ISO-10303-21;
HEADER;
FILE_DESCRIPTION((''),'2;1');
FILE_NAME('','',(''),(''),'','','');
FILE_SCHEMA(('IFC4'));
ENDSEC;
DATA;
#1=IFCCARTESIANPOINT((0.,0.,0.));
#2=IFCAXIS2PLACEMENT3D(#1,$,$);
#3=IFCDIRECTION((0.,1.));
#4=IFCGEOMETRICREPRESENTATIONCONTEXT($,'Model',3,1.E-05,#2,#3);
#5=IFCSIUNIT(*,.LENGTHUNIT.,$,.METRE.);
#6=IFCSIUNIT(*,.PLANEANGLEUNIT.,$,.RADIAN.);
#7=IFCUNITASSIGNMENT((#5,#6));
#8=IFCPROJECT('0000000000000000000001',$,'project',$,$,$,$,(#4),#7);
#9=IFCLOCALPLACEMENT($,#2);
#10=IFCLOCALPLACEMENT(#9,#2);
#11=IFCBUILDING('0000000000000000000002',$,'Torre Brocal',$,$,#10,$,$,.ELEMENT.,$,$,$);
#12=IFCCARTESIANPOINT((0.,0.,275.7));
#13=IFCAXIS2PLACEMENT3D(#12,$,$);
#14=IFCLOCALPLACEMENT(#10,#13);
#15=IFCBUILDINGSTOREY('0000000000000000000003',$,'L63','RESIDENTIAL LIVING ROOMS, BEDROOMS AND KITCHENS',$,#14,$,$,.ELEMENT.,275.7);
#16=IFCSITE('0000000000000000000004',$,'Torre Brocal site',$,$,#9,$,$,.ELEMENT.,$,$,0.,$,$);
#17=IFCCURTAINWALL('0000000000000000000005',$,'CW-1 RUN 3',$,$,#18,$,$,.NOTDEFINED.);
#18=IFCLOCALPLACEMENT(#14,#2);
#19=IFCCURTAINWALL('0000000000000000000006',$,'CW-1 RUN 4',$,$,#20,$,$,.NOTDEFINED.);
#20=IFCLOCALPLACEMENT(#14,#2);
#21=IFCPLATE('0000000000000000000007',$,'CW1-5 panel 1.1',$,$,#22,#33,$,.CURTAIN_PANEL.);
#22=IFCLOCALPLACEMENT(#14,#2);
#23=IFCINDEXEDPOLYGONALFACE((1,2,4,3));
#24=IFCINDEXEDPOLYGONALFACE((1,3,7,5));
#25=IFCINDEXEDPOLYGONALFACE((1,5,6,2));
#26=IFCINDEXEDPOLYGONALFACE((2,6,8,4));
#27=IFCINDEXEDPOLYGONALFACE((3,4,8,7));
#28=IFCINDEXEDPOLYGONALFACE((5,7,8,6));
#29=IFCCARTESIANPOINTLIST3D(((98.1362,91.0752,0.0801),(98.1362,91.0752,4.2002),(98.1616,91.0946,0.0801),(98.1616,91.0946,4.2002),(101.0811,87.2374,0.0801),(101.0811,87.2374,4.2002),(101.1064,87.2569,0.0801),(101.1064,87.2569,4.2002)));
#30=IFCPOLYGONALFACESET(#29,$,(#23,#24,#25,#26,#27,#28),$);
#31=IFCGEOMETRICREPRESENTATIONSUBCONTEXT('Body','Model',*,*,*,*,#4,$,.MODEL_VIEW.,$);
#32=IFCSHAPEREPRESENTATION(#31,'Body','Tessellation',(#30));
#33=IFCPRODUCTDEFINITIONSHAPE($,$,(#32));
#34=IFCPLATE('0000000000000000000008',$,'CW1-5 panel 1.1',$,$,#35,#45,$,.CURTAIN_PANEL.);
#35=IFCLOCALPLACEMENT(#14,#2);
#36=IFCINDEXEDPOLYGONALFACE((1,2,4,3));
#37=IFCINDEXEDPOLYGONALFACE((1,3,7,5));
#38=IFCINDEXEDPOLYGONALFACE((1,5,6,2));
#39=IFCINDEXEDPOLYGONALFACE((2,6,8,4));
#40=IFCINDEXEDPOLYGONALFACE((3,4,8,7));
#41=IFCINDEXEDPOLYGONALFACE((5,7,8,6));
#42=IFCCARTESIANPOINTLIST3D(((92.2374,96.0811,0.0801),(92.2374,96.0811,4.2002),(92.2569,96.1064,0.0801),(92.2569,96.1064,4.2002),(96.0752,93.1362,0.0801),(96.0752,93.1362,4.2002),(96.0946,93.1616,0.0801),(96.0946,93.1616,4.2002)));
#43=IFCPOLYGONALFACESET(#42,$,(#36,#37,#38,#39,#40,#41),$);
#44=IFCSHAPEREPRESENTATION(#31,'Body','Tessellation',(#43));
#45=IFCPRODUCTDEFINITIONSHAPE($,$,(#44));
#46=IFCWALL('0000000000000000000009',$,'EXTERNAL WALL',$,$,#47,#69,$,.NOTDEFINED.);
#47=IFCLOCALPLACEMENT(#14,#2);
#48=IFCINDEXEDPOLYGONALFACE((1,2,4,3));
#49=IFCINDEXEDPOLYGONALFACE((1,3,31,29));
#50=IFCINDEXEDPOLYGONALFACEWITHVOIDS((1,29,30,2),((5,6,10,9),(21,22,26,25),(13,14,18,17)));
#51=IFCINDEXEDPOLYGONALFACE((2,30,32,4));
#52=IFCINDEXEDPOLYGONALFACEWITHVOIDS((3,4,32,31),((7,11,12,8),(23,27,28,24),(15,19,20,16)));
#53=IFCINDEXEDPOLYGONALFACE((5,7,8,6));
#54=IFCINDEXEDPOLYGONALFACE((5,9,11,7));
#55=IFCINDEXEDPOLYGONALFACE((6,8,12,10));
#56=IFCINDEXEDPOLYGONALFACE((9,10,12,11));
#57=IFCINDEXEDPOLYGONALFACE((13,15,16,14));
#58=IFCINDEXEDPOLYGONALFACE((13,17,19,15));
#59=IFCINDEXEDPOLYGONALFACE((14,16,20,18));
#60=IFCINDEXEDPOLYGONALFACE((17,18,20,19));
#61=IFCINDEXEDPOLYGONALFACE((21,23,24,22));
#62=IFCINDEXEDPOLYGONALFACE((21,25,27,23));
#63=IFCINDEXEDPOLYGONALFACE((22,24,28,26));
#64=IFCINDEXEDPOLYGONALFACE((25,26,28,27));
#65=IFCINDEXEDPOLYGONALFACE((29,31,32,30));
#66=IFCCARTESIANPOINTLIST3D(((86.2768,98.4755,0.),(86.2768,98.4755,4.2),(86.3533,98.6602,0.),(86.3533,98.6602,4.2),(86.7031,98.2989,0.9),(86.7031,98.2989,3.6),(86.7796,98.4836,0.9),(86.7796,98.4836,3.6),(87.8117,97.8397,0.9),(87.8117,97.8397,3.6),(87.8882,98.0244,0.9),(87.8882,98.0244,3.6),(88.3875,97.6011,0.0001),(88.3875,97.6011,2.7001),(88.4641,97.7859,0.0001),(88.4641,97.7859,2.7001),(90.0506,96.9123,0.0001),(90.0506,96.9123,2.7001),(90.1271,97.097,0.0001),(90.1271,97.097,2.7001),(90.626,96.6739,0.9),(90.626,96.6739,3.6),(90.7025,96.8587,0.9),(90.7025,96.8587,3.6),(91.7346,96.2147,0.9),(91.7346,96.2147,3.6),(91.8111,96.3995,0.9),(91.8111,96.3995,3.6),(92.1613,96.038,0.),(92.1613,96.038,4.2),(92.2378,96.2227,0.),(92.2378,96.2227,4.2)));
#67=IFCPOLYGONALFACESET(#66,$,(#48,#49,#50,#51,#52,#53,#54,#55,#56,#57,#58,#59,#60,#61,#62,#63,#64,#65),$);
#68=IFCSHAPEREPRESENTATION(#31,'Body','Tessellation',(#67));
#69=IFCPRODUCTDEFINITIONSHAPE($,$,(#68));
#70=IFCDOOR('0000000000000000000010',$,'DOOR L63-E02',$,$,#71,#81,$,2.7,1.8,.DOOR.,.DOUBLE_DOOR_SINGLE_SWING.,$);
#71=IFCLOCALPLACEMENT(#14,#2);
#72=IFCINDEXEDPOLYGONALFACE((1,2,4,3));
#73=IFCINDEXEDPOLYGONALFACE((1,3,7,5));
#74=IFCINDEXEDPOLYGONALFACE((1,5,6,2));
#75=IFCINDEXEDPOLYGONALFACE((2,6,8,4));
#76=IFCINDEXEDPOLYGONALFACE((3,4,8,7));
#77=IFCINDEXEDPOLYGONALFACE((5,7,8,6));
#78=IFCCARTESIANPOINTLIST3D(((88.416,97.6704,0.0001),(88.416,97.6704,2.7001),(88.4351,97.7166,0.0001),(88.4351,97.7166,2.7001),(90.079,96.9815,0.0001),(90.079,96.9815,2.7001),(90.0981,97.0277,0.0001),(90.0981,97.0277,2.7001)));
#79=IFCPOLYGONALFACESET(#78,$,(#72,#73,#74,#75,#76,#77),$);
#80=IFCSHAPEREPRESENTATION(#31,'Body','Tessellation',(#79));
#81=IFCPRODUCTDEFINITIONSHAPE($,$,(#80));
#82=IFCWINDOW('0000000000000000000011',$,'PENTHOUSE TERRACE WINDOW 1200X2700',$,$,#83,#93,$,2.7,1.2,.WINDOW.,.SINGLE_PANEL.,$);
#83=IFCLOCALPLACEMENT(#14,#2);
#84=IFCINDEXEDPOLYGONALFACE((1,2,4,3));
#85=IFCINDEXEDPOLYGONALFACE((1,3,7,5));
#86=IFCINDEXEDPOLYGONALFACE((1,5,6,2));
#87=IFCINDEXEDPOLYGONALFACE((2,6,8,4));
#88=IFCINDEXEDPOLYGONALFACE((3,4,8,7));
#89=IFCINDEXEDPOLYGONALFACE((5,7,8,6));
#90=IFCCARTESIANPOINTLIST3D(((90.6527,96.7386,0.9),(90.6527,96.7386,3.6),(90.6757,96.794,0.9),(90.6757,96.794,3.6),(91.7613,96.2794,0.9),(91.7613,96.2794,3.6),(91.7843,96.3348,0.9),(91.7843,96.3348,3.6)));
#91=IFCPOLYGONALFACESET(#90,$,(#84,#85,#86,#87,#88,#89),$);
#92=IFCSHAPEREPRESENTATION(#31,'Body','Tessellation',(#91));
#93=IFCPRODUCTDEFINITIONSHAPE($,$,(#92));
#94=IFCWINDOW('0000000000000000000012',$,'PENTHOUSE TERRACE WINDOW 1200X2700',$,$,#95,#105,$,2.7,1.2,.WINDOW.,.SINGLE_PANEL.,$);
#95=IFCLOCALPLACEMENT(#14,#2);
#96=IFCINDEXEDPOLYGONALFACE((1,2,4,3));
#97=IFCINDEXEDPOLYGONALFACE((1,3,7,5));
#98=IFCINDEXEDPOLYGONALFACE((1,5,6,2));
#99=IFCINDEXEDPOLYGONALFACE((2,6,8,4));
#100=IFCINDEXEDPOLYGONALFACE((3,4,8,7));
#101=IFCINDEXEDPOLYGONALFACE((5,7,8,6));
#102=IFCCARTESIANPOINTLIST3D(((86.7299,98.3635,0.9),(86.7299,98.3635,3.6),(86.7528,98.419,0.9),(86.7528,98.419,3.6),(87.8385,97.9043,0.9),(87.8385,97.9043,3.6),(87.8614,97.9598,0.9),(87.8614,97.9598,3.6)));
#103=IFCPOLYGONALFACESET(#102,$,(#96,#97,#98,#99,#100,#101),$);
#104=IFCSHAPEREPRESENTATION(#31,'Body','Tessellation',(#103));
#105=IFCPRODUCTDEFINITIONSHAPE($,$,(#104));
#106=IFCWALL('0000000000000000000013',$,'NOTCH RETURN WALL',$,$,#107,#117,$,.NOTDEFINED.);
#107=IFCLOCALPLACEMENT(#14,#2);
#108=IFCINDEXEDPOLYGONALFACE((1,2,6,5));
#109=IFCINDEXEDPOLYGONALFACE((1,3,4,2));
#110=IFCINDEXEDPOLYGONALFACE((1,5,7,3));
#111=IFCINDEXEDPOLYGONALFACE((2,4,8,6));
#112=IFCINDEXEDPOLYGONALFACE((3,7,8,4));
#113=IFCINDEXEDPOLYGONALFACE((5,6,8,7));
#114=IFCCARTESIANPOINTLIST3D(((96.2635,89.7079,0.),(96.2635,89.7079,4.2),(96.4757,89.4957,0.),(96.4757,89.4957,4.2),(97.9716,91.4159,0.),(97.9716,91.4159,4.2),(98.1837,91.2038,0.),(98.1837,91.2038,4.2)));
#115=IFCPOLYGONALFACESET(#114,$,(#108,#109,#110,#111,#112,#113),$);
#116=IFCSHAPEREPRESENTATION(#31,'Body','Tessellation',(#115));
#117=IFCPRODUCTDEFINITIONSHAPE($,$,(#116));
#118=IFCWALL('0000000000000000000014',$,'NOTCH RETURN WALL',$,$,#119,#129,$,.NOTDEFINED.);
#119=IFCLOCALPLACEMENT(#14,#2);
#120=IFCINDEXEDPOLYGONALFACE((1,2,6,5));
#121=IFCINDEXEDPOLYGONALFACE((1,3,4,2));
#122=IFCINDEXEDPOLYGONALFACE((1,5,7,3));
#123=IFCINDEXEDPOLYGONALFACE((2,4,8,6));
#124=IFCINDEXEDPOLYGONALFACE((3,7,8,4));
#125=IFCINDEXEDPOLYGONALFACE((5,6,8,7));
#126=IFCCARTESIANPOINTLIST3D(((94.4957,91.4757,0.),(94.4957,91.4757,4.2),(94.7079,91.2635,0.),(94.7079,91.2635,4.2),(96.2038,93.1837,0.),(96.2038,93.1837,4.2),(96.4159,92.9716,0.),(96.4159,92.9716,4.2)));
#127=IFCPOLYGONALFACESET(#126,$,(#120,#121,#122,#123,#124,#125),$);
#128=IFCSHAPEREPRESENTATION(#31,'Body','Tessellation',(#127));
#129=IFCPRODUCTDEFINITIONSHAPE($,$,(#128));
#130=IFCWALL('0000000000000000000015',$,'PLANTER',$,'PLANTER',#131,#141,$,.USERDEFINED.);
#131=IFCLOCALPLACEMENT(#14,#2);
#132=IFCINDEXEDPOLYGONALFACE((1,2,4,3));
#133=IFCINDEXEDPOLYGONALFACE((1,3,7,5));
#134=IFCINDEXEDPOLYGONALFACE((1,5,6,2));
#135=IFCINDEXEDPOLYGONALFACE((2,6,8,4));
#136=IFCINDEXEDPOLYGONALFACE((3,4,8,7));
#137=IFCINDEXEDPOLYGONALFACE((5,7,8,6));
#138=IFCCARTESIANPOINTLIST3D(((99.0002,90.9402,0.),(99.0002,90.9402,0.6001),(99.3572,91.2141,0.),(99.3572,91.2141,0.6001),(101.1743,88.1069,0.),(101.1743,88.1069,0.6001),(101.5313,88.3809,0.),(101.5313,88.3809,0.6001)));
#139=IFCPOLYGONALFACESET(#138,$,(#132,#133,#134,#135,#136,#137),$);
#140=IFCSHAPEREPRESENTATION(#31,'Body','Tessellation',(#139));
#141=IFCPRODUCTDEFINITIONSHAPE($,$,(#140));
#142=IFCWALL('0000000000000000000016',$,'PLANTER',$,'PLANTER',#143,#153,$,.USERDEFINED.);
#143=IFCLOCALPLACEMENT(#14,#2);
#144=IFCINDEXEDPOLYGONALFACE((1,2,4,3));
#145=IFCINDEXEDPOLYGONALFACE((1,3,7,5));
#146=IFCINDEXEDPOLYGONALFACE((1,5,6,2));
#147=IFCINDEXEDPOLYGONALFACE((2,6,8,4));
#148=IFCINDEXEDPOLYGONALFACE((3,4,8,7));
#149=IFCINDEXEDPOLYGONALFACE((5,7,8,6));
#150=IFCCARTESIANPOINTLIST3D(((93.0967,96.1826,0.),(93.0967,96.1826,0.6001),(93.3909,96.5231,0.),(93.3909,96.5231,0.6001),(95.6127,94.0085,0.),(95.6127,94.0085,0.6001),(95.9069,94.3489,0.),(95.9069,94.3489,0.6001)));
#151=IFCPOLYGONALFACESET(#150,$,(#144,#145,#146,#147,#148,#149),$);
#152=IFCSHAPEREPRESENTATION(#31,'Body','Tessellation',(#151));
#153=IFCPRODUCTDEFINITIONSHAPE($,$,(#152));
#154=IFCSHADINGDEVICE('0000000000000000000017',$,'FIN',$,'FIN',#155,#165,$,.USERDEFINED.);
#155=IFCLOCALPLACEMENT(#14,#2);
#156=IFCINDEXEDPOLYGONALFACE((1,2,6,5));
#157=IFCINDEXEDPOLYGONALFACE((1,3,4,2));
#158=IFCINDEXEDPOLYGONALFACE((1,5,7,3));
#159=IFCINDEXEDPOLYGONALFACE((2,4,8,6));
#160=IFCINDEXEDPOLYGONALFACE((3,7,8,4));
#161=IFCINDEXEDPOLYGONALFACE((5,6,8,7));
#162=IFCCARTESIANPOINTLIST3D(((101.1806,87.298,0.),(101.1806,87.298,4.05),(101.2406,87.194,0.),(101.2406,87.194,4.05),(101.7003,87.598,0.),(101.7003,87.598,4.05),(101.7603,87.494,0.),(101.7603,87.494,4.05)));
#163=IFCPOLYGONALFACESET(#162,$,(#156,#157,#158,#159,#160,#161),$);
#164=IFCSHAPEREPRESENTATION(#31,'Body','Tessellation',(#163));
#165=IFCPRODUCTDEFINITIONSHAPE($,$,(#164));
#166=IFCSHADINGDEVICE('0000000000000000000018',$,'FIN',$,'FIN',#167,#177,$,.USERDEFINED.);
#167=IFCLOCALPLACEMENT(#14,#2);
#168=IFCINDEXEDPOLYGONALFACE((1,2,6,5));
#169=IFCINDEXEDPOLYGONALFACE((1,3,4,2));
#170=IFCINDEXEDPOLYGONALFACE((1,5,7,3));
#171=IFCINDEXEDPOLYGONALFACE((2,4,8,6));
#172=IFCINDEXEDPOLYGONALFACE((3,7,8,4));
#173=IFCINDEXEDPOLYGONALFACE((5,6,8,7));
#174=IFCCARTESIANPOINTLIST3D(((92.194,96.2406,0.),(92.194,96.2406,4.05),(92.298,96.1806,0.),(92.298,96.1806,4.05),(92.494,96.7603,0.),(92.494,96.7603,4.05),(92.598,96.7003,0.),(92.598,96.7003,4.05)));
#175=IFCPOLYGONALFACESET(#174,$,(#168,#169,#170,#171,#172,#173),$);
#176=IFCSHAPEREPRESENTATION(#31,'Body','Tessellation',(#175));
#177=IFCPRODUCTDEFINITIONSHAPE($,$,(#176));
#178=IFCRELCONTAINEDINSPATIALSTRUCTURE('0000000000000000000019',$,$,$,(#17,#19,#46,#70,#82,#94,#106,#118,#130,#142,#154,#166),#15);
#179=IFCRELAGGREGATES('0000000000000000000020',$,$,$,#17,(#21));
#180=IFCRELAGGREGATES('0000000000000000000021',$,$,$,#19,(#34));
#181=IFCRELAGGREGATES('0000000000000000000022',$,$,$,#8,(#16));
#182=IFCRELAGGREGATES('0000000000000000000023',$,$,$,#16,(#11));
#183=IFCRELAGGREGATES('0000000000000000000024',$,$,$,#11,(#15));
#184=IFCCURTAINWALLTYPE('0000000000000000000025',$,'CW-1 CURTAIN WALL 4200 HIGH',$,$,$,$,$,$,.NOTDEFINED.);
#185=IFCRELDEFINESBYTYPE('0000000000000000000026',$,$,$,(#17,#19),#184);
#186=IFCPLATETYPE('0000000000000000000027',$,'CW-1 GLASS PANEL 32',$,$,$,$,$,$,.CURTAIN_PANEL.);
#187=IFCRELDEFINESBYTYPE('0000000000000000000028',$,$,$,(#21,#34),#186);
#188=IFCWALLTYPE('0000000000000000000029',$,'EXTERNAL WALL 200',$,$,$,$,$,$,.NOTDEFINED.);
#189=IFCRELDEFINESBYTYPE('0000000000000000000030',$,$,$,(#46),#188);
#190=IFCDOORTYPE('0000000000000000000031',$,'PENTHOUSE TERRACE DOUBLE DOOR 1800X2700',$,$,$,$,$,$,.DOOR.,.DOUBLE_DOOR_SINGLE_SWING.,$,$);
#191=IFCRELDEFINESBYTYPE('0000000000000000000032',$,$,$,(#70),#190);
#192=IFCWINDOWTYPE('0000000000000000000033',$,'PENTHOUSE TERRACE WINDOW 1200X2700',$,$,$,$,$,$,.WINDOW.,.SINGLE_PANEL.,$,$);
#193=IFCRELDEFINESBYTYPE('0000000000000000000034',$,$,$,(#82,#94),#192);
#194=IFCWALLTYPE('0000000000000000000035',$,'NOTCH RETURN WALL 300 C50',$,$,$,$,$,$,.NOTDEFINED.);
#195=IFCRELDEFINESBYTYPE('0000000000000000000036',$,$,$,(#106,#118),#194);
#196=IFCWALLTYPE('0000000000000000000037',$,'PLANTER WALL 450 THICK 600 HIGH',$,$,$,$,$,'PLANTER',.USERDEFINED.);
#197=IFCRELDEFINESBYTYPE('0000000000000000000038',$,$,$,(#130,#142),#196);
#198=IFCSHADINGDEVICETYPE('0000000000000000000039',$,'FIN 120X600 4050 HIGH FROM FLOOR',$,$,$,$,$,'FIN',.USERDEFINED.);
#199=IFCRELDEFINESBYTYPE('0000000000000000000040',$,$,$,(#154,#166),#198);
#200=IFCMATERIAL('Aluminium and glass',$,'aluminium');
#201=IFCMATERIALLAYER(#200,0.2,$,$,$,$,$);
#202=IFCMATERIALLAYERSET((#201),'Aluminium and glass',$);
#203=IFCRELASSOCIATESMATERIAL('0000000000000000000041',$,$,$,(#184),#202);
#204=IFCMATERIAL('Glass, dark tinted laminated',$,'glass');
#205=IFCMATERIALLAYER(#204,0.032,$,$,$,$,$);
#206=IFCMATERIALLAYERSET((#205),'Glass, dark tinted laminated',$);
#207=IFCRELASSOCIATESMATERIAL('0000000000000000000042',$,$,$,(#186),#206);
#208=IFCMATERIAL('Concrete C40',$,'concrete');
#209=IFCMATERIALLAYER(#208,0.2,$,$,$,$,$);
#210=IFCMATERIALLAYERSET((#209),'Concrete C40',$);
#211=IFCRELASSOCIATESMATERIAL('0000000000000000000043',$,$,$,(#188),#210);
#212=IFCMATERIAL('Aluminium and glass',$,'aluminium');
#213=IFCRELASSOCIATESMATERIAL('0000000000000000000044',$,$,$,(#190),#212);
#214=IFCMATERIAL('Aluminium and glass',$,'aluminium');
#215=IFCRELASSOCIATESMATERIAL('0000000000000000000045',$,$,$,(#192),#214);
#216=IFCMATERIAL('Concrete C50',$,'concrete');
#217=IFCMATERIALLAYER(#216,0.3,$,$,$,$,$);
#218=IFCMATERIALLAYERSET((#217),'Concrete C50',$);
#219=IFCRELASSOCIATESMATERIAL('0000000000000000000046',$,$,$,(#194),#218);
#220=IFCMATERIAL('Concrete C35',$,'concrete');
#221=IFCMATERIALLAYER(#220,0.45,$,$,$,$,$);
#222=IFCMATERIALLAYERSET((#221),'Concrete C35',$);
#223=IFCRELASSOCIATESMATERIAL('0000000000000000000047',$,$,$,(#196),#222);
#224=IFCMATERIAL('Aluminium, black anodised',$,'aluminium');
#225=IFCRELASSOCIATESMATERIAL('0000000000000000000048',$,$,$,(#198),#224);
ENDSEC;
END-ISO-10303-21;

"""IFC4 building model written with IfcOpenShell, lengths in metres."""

from ifc_helpers import new_model, si_unit, direction, frame, frame_2d, origin, origin_2d, place, context, subcontext, project, spatial, rectangle, extrude, material, layer, layer_set, material_profile, profile_set, type_object, element, fill, aggregate, save


model = new_model("IFC4")

# Units and contexts
model_context = context("Model", 3, precision=1e-05, world=origin(), true_north=direction((0.0, 1.0)))
body_context = subcontext(model_context, "Body", "Model", "MODEL_VIEW")
ifc_project = project(units=[si_unit("LENGTHUNIT", "METRE"), si_unit("PLANEANGLEUNIT", "RADIAN")], contexts=[model_context])

# Site, building, storey
site_placement = place(None, origin())
site = spatial("IfcSite", under=ifc_project, at=site_placement, Name="Torre Brocal site", CompositionType="ELEMENT", RefElevation=0.0)
building_placement = place(site_placement, origin())
building = spatial("IfcBuilding", under=site, at=building_placement, Name="Torre Brocal", CompositionType="ELEMENT")
storey_placement = place(building_placement, frame((0.0, 0.0, 275.7)))
storey = spatial("IfcBuildingStorey", under=building, at=storey_placement, Name="L63", Description="RESIDENTIAL LIVING ROOMS, BEDROOMS AND KITCHENS", CompositionType="ELEMENT", Elevation=275.7)

# Curtain walls
ifc_material_1 = material(Name="Aluminium and glass", Category="aluminium")
ifc_layer_1 = layer(ifc_material_1, 0.2)
ifc_layer_set_1 = layer_set([ifc_layer_1], Name="Aluminium and glass")
curtain_wall_type = type_object("IfcCurtainWallType", Name="CW-1 CURTAIN WALL 4200 HIGH", PredefinedType="NOTDEFINED", material=ifc_layer_set_1)
curtain_wall_1_placement = place(storey_placement, origin())
curtain_wall_1 = element("IfcCurtainWall", 1, at=curtain_wall_1_placement, inside=storey, type_object=curtain_wall_type, Name="CW-1 RUN 3", PredefinedType="NOTDEFINED")
curtain_wall_2_placement = place(storey_placement, origin())
curtain_wall_2 = element("IfcCurtainWall", 2, at=curtain_wall_2_placement, inside=storey, type_object=curtain_wall_type, Name="CW-1 RUN 4", PredefinedType="NOTDEFINED")

# Plates
ifc_material_2 = material(Name="Glass, dark tinted laminated", Category="glass")
ifc_layer_2 = layer(ifc_material_2, 0.032)
ifc_layer_set_2 = layer_set([ifc_layer_2], Name="Glass, dark tinted laminated")
plate_type = type_object("IfcPlateType", Name="CW-1 GLASS PANEL 32", PredefinedType="CURTAIN_PANEL", material=ifc_layer_set_2)
plate_1_placement = place(storey_placement, frame((99.6213, 89.166, 0.0801), z_axis=(0.0, 0.0, 1.0), x_axis=(-0.608761, 0.793353, 0.0)))
plate_1 = element("IfcPlate", 3, at=plate_1_placement, type_object=plate_type, Name="CW1-5 panel 1.1", PredefinedType="CURTAIN_PANEL", context=body_context, shape_type="SweptSolid", body=[
    extrude(rectangle(XDim=4.8374, YDim=0.032, at=origin_2d()), origin(), (0.0, 0.0, 1.0), 4.1201),
])
aggregate(curtain_wall_1, [plate_1])
plate_2_placement = place(storey_placement, frame((94.166, 94.6213, 0.0801), z_axis=(0.0, 0.0, 1.0), x_axis=(-0.793353, 0.608761, 0.0)))
plate_2 = element("IfcPlate", 4, at=plate_2_placement, type_object=plate_type, Name="CW1-5 panel 1.1", PredefinedType="CURTAIN_PANEL", context=body_context, shape_type="SweptSolid", body=[
    extrude(rectangle(XDim=4.8374, YDim=0.032, at=origin_2d()), origin(), (0.0, 0.0, 1.0), 4.1201),
])
aggregate(curtain_wall_2, [plate_2])

# Wall, openings, door, windows
ifc_material_3 = material(Name="Concrete C40", Category="concrete")
ifc_layer_3 = layer(ifc_material_3, 0.2)
ifc_layer_set_3 = layer_set([ifc_layer_3], Name="Concrete C40")
wall_type_1 = type_object("IfcWallType", Name="EXTERNAL WALL 200", PredefinedType="NOTDEFINED", material=ifc_layer_set_3)
wall_1_placement = place(storey_placement, frame((92.1995, 96.1304, 0.0), z_axis=(0.0, 0.0, 1.0), x_axis=(-0.923877, 0.38269, 0.0)))
wall_1 = element("IfcWall", 5, at=wall_1_placement, inside=storey, type_object=wall_type_1, Name="EXTERNAL WALL", PredefinedType="NOTDEFINED", context=body_context, shape_type="SweptSolid", body=[
    extrude(rectangle(XDim=6.3694, YDim=0.2, at=frame_2d((3.1846, 0.0))), origin(), (0.0, 0.0, 1.0), 4.2),
])
opening_1_placement = place(wall_1_placement, frame((0.4617, 0.0, 0.8999)))
opening_1 = element("IfcOpeningElement", 6, at=opening_1_placement, cuts=wall_1, PredefinedType="OPENING", context=body_context, shape_type="SweptSolid", body=[
    extrude(rectangle(XDim=1.2, YDim=2.7, at=frame_2d((0.6001, 1.3501))), frame((0.0, 0.1099, 0.0), z_axis=(0.0, -1.0, 0.0), x_axis=(1.0, 0.0, 0.0)), (0.0, 0.0, 1.0), 0.22),
])
opening_2_placement = place(wall_1_placement, frame((2.2847, 0.0, 0.0)))
opening_2 = element("IfcOpeningElement", 7, at=opening_2_placement, cuts=wall_1, PredefinedType="OPENING", context=body_context, shape_type="SweptSolid", body=[
    extrude(rectangle(XDim=1.8, YDim=2.7, at=frame_2d((0.8999, 1.3501))), frame((0.0, 0.1099, 0.0), z_axis=(0.0, -1.0, 0.0), x_axis=(1.0, 0.0, 0.0)), (0.0, 0.0, 1.0), 0.22),
])
opening_3_placement = place(wall_1_placement, frame((4.7078, 0.0, 0.8999)))
opening_3 = element("IfcOpeningElement", 8, at=opening_3_placement, cuts=wall_1, PredefinedType="OPENING", context=body_context, shape_type="SweptSolid", body=[
    extrude(rectangle(XDim=1.2, YDim=2.7, at=frame_2d((0.6001, 1.3501))), frame((0.0, 0.1099, 0.0), z_axis=(0.0, -1.0, 0.0), x_axis=(1.0, 0.0, 0.0)), (0.0, 0.0, 1.0), 0.22),
])
ifc_material_4 = material(Name="Aluminium and glass", Category="aluminium")
door_type = type_object("IfcDoorType", Name="PENTHOUSE TERRACE DOUBLE DOOR 1800X2700", OperationType="DOUBLE_DOOR_SINGLE_SWING", PredefinedType="DOOR", material=ifc_material_4)
door_placement = place(opening_2_placement, frame((1.8, 0.0, 0.0), z_axis=(0.0, 0.0, 1.0), x_axis=(-1.0, 0.0, 0.0)))
door = element("IfcDoor", 9, at=door_placement, inside=storey, type_object=door_type, Name="DOOR L63-E02", OperationType="DOUBLE_DOOR_SINGLE_SWING", OverallHeight=2.7, OverallWidth=1.8, PredefinedType="DOOR", context=body_context, shape_type="SweptSolid", body=[
    extrude(rectangle(XDim=1.8, YDim=2.7, at=frame_2d((0.8999, 1.3501))), frame((0.0, 0.0249, 0.0), z_axis=(0.0, -1.0, 0.0), x_axis=(1.0, 0.0, 0.0)), (0.0, 0.0, 1.0), 0.05),
])
fill(opening_2, door)
ifc_material_5 = material(Name="Aluminium and glass", Category="aluminium")
window_type = type_object("IfcWindowType", Name="PENTHOUSE TERRACE WINDOW 1200X2700", PartitioningType="SINGLE_PANEL", PredefinedType="WINDOW", material=ifc_material_5)
window_1_placement = place(opening_1_placement, origin())
window_1 = element("IfcWindow", 10, at=window_1_placement, inside=storey, type_object=window_type, Name="PENTHOUSE TERRACE WINDOW 1200X2700", OverallHeight=2.7, OverallWidth=1.2, PartitioningType="SINGLE_PANEL", PredefinedType="WINDOW", context=body_context, shape_type="SweptSolid", body=[
    extrude(rectangle(XDim=1.2, YDim=2.7, at=frame_2d((0.6001, 1.3501))), frame((0.0, 0.03, 0.0), z_axis=(0.0, -1.0, 0.0), x_axis=(1.0, 0.0, 0.0)), (0.0, 0.0, 1.0), 0.0601),
])
fill(opening_1, window_1)
window_2_placement = place(opening_3_placement, origin())
window_2 = element("IfcWindow", 11, at=window_2_placement, inside=storey, type_object=window_type, Name="PENTHOUSE TERRACE WINDOW 1200X2700", OverallHeight=2.7, OverallWidth=1.2, PartitioningType="SINGLE_PANEL", PredefinedType="WINDOW", context=body_context, shape_type="SweptSolid", body=[
    extrude(rectangle(XDim=1.2, YDim=2.7, at=frame_2d((0.6001, 1.3501))), frame((0.0, 0.03, 0.0), z_axis=(0.0, -1.0, 0.0), x_axis=(1.0, 0.0, 0.0)), (0.0, 0.0, 1.0), 0.0601),
])
fill(opening_3, window_2)

# Walls
ifc_material_6 = material(Name="Concrete C50", Category="concrete")
ifc_layer_4 = layer(ifc_material_6, 0.3)
ifc_layer_set_4 = layer_set([ifc_layer_4], Name="Concrete C50")
wall_type_2 = type_object("IfcWallType", Name="NOTCH RETURN WALL 300 C50", PredefinedType="NOTDEFINED", material=ifc_layer_set_4)
for number, where, z_axis, x_axis, name in (
    (12, (96.3696, 89.6018, 0.0), (0.0, 0.0, 1.0), (0.707107, 0.707107, 0.0), "NOTCH RETURN WALL"),
    (13, (94.6018, 91.3696, 0.0), (0.0, 0.0, 1.0), (0.707107, 0.707107, 0.0), "NOTCH RETURN WALL"),
):
    element("IfcWall", number, at=place(storey_placement, frame(where, z_axis=z_axis, x_axis=x_axis)), inside=storey, type_object=wall_type_2, Name=name, PredefinedType="NOTDEFINED", context=body_context, shape_type="SweptSolid", body=[
        extrude(rectangle(XDim=2.4155, YDim=0.3, at=frame_2d((1.2078, 0.0))), origin(), (0.0, 0.0, 1.0), 4.2),
    ])
ifc_material_7 = material(Name="Concrete C35", Category="concrete")
ifc_layer_5 = layer(ifc_material_7, 0.45)
ifc_layer_set_5 = layer_set([ifc_layer_5], Name="Concrete C35")
wall_type_3 = type_object("IfcWallType", Name="PLANTER WALL 450 THICK 600 HIGH", ElementType="PLANTER", PredefinedType="USERDEFINED", material=ifc_layer_set_5)
wall_2_placement = place(storey_placement, frame((101.3528, 88.2439, 0.0), z_axis=(0.0, 0.0, 1.0), x_axis=(-0.608769, 0.793348, 0.0)))
element("IfcWall", 14, at=wall_2_placement, inside=storey, type_object=wall_type_3, Name="PLANTER", ObjectType="PLANTER", PredefinedType="USERDEFINED", context=body_context, shape_type="SweptSolid", body=[
    extrude(rectangle(XDim=3.5713, YDim=0.45, at=frame_2d((1.7856, 0.0))), origin(), (0.0, 0.0, 1.0), 0.6001),
])
wall_3_placement = place(storey_placement, frame((95.7598, 94.1787, 0.0), z_axis=(0.0, 0.0, 1.0), x_axis=(-0.756633, 0.65384, 0.0)))
element("IfcWall", 15, at=wall_3_placement, inside=storey, type_object=wall_type_3, Name="PLANTER", ObjectType="PLANTER", PredefinedType="USERDEFINED", context=body_context, shape_type="SweptSolid", body=[
    extrude(rectangle(XDim=3.3252, YDim=0.45, at=frame_2d((1.6626, 0.0))), origin(), (0.0, 0.0, 1.0), 0.6001),
])

# Shading devices
ifc_material_8 = material(Name="Aluminium, black anodised", Category="aluminium")
ifc_material_profile_1 = material_profile(ifc_material_8, rectangle(XDim=0.1201, YDim=0.6001, at=origin_2d()), Name="FIN 120X600 4050 HIGH FROM FLOOR")
ifc_profile_set_1 = profile_set([ifc_material_profile_1], Name="Aluminium, black anodised")
shading_device_type = type_object("IfcShadingDeviceType", Name="FIN 120X600 4050 HIGH FROM FLOOR", ElementType="FIN", PredefinedType="USERDEFINED", material=ifc_profile_set_1)
for number, where, z_axis, x_axis, name in (
    (16, (101.4705, 87.396, 0.0), (0.0, 0.0, 1.0), (-0.5, 0.866025, 0.0), "FIN"),
    (17, (92.396, 96.4705, 0.0), (0.0, 0.0, 1.0), (-0.866025, 0.5, 0.0), "FIN"),
):
    element("IfcShadingDevice", number, at=place(storey_placement, frame(where, z_axis=z_axis, x_axis=x_axis)), inside=storey, type_object=shading_device_type, Name=name, ObjectType="FIN", PredefinedType="USERDEFINED", context=body_context, shape_type="SweptSolid", body=[
        extrude(rectangle(XDim=0.1201, YDim=0.6001, at=origin_2d()), origin(), (0.0, 0.0, 1.0), 4.05),
    ])

save(model, "model.ifc")
